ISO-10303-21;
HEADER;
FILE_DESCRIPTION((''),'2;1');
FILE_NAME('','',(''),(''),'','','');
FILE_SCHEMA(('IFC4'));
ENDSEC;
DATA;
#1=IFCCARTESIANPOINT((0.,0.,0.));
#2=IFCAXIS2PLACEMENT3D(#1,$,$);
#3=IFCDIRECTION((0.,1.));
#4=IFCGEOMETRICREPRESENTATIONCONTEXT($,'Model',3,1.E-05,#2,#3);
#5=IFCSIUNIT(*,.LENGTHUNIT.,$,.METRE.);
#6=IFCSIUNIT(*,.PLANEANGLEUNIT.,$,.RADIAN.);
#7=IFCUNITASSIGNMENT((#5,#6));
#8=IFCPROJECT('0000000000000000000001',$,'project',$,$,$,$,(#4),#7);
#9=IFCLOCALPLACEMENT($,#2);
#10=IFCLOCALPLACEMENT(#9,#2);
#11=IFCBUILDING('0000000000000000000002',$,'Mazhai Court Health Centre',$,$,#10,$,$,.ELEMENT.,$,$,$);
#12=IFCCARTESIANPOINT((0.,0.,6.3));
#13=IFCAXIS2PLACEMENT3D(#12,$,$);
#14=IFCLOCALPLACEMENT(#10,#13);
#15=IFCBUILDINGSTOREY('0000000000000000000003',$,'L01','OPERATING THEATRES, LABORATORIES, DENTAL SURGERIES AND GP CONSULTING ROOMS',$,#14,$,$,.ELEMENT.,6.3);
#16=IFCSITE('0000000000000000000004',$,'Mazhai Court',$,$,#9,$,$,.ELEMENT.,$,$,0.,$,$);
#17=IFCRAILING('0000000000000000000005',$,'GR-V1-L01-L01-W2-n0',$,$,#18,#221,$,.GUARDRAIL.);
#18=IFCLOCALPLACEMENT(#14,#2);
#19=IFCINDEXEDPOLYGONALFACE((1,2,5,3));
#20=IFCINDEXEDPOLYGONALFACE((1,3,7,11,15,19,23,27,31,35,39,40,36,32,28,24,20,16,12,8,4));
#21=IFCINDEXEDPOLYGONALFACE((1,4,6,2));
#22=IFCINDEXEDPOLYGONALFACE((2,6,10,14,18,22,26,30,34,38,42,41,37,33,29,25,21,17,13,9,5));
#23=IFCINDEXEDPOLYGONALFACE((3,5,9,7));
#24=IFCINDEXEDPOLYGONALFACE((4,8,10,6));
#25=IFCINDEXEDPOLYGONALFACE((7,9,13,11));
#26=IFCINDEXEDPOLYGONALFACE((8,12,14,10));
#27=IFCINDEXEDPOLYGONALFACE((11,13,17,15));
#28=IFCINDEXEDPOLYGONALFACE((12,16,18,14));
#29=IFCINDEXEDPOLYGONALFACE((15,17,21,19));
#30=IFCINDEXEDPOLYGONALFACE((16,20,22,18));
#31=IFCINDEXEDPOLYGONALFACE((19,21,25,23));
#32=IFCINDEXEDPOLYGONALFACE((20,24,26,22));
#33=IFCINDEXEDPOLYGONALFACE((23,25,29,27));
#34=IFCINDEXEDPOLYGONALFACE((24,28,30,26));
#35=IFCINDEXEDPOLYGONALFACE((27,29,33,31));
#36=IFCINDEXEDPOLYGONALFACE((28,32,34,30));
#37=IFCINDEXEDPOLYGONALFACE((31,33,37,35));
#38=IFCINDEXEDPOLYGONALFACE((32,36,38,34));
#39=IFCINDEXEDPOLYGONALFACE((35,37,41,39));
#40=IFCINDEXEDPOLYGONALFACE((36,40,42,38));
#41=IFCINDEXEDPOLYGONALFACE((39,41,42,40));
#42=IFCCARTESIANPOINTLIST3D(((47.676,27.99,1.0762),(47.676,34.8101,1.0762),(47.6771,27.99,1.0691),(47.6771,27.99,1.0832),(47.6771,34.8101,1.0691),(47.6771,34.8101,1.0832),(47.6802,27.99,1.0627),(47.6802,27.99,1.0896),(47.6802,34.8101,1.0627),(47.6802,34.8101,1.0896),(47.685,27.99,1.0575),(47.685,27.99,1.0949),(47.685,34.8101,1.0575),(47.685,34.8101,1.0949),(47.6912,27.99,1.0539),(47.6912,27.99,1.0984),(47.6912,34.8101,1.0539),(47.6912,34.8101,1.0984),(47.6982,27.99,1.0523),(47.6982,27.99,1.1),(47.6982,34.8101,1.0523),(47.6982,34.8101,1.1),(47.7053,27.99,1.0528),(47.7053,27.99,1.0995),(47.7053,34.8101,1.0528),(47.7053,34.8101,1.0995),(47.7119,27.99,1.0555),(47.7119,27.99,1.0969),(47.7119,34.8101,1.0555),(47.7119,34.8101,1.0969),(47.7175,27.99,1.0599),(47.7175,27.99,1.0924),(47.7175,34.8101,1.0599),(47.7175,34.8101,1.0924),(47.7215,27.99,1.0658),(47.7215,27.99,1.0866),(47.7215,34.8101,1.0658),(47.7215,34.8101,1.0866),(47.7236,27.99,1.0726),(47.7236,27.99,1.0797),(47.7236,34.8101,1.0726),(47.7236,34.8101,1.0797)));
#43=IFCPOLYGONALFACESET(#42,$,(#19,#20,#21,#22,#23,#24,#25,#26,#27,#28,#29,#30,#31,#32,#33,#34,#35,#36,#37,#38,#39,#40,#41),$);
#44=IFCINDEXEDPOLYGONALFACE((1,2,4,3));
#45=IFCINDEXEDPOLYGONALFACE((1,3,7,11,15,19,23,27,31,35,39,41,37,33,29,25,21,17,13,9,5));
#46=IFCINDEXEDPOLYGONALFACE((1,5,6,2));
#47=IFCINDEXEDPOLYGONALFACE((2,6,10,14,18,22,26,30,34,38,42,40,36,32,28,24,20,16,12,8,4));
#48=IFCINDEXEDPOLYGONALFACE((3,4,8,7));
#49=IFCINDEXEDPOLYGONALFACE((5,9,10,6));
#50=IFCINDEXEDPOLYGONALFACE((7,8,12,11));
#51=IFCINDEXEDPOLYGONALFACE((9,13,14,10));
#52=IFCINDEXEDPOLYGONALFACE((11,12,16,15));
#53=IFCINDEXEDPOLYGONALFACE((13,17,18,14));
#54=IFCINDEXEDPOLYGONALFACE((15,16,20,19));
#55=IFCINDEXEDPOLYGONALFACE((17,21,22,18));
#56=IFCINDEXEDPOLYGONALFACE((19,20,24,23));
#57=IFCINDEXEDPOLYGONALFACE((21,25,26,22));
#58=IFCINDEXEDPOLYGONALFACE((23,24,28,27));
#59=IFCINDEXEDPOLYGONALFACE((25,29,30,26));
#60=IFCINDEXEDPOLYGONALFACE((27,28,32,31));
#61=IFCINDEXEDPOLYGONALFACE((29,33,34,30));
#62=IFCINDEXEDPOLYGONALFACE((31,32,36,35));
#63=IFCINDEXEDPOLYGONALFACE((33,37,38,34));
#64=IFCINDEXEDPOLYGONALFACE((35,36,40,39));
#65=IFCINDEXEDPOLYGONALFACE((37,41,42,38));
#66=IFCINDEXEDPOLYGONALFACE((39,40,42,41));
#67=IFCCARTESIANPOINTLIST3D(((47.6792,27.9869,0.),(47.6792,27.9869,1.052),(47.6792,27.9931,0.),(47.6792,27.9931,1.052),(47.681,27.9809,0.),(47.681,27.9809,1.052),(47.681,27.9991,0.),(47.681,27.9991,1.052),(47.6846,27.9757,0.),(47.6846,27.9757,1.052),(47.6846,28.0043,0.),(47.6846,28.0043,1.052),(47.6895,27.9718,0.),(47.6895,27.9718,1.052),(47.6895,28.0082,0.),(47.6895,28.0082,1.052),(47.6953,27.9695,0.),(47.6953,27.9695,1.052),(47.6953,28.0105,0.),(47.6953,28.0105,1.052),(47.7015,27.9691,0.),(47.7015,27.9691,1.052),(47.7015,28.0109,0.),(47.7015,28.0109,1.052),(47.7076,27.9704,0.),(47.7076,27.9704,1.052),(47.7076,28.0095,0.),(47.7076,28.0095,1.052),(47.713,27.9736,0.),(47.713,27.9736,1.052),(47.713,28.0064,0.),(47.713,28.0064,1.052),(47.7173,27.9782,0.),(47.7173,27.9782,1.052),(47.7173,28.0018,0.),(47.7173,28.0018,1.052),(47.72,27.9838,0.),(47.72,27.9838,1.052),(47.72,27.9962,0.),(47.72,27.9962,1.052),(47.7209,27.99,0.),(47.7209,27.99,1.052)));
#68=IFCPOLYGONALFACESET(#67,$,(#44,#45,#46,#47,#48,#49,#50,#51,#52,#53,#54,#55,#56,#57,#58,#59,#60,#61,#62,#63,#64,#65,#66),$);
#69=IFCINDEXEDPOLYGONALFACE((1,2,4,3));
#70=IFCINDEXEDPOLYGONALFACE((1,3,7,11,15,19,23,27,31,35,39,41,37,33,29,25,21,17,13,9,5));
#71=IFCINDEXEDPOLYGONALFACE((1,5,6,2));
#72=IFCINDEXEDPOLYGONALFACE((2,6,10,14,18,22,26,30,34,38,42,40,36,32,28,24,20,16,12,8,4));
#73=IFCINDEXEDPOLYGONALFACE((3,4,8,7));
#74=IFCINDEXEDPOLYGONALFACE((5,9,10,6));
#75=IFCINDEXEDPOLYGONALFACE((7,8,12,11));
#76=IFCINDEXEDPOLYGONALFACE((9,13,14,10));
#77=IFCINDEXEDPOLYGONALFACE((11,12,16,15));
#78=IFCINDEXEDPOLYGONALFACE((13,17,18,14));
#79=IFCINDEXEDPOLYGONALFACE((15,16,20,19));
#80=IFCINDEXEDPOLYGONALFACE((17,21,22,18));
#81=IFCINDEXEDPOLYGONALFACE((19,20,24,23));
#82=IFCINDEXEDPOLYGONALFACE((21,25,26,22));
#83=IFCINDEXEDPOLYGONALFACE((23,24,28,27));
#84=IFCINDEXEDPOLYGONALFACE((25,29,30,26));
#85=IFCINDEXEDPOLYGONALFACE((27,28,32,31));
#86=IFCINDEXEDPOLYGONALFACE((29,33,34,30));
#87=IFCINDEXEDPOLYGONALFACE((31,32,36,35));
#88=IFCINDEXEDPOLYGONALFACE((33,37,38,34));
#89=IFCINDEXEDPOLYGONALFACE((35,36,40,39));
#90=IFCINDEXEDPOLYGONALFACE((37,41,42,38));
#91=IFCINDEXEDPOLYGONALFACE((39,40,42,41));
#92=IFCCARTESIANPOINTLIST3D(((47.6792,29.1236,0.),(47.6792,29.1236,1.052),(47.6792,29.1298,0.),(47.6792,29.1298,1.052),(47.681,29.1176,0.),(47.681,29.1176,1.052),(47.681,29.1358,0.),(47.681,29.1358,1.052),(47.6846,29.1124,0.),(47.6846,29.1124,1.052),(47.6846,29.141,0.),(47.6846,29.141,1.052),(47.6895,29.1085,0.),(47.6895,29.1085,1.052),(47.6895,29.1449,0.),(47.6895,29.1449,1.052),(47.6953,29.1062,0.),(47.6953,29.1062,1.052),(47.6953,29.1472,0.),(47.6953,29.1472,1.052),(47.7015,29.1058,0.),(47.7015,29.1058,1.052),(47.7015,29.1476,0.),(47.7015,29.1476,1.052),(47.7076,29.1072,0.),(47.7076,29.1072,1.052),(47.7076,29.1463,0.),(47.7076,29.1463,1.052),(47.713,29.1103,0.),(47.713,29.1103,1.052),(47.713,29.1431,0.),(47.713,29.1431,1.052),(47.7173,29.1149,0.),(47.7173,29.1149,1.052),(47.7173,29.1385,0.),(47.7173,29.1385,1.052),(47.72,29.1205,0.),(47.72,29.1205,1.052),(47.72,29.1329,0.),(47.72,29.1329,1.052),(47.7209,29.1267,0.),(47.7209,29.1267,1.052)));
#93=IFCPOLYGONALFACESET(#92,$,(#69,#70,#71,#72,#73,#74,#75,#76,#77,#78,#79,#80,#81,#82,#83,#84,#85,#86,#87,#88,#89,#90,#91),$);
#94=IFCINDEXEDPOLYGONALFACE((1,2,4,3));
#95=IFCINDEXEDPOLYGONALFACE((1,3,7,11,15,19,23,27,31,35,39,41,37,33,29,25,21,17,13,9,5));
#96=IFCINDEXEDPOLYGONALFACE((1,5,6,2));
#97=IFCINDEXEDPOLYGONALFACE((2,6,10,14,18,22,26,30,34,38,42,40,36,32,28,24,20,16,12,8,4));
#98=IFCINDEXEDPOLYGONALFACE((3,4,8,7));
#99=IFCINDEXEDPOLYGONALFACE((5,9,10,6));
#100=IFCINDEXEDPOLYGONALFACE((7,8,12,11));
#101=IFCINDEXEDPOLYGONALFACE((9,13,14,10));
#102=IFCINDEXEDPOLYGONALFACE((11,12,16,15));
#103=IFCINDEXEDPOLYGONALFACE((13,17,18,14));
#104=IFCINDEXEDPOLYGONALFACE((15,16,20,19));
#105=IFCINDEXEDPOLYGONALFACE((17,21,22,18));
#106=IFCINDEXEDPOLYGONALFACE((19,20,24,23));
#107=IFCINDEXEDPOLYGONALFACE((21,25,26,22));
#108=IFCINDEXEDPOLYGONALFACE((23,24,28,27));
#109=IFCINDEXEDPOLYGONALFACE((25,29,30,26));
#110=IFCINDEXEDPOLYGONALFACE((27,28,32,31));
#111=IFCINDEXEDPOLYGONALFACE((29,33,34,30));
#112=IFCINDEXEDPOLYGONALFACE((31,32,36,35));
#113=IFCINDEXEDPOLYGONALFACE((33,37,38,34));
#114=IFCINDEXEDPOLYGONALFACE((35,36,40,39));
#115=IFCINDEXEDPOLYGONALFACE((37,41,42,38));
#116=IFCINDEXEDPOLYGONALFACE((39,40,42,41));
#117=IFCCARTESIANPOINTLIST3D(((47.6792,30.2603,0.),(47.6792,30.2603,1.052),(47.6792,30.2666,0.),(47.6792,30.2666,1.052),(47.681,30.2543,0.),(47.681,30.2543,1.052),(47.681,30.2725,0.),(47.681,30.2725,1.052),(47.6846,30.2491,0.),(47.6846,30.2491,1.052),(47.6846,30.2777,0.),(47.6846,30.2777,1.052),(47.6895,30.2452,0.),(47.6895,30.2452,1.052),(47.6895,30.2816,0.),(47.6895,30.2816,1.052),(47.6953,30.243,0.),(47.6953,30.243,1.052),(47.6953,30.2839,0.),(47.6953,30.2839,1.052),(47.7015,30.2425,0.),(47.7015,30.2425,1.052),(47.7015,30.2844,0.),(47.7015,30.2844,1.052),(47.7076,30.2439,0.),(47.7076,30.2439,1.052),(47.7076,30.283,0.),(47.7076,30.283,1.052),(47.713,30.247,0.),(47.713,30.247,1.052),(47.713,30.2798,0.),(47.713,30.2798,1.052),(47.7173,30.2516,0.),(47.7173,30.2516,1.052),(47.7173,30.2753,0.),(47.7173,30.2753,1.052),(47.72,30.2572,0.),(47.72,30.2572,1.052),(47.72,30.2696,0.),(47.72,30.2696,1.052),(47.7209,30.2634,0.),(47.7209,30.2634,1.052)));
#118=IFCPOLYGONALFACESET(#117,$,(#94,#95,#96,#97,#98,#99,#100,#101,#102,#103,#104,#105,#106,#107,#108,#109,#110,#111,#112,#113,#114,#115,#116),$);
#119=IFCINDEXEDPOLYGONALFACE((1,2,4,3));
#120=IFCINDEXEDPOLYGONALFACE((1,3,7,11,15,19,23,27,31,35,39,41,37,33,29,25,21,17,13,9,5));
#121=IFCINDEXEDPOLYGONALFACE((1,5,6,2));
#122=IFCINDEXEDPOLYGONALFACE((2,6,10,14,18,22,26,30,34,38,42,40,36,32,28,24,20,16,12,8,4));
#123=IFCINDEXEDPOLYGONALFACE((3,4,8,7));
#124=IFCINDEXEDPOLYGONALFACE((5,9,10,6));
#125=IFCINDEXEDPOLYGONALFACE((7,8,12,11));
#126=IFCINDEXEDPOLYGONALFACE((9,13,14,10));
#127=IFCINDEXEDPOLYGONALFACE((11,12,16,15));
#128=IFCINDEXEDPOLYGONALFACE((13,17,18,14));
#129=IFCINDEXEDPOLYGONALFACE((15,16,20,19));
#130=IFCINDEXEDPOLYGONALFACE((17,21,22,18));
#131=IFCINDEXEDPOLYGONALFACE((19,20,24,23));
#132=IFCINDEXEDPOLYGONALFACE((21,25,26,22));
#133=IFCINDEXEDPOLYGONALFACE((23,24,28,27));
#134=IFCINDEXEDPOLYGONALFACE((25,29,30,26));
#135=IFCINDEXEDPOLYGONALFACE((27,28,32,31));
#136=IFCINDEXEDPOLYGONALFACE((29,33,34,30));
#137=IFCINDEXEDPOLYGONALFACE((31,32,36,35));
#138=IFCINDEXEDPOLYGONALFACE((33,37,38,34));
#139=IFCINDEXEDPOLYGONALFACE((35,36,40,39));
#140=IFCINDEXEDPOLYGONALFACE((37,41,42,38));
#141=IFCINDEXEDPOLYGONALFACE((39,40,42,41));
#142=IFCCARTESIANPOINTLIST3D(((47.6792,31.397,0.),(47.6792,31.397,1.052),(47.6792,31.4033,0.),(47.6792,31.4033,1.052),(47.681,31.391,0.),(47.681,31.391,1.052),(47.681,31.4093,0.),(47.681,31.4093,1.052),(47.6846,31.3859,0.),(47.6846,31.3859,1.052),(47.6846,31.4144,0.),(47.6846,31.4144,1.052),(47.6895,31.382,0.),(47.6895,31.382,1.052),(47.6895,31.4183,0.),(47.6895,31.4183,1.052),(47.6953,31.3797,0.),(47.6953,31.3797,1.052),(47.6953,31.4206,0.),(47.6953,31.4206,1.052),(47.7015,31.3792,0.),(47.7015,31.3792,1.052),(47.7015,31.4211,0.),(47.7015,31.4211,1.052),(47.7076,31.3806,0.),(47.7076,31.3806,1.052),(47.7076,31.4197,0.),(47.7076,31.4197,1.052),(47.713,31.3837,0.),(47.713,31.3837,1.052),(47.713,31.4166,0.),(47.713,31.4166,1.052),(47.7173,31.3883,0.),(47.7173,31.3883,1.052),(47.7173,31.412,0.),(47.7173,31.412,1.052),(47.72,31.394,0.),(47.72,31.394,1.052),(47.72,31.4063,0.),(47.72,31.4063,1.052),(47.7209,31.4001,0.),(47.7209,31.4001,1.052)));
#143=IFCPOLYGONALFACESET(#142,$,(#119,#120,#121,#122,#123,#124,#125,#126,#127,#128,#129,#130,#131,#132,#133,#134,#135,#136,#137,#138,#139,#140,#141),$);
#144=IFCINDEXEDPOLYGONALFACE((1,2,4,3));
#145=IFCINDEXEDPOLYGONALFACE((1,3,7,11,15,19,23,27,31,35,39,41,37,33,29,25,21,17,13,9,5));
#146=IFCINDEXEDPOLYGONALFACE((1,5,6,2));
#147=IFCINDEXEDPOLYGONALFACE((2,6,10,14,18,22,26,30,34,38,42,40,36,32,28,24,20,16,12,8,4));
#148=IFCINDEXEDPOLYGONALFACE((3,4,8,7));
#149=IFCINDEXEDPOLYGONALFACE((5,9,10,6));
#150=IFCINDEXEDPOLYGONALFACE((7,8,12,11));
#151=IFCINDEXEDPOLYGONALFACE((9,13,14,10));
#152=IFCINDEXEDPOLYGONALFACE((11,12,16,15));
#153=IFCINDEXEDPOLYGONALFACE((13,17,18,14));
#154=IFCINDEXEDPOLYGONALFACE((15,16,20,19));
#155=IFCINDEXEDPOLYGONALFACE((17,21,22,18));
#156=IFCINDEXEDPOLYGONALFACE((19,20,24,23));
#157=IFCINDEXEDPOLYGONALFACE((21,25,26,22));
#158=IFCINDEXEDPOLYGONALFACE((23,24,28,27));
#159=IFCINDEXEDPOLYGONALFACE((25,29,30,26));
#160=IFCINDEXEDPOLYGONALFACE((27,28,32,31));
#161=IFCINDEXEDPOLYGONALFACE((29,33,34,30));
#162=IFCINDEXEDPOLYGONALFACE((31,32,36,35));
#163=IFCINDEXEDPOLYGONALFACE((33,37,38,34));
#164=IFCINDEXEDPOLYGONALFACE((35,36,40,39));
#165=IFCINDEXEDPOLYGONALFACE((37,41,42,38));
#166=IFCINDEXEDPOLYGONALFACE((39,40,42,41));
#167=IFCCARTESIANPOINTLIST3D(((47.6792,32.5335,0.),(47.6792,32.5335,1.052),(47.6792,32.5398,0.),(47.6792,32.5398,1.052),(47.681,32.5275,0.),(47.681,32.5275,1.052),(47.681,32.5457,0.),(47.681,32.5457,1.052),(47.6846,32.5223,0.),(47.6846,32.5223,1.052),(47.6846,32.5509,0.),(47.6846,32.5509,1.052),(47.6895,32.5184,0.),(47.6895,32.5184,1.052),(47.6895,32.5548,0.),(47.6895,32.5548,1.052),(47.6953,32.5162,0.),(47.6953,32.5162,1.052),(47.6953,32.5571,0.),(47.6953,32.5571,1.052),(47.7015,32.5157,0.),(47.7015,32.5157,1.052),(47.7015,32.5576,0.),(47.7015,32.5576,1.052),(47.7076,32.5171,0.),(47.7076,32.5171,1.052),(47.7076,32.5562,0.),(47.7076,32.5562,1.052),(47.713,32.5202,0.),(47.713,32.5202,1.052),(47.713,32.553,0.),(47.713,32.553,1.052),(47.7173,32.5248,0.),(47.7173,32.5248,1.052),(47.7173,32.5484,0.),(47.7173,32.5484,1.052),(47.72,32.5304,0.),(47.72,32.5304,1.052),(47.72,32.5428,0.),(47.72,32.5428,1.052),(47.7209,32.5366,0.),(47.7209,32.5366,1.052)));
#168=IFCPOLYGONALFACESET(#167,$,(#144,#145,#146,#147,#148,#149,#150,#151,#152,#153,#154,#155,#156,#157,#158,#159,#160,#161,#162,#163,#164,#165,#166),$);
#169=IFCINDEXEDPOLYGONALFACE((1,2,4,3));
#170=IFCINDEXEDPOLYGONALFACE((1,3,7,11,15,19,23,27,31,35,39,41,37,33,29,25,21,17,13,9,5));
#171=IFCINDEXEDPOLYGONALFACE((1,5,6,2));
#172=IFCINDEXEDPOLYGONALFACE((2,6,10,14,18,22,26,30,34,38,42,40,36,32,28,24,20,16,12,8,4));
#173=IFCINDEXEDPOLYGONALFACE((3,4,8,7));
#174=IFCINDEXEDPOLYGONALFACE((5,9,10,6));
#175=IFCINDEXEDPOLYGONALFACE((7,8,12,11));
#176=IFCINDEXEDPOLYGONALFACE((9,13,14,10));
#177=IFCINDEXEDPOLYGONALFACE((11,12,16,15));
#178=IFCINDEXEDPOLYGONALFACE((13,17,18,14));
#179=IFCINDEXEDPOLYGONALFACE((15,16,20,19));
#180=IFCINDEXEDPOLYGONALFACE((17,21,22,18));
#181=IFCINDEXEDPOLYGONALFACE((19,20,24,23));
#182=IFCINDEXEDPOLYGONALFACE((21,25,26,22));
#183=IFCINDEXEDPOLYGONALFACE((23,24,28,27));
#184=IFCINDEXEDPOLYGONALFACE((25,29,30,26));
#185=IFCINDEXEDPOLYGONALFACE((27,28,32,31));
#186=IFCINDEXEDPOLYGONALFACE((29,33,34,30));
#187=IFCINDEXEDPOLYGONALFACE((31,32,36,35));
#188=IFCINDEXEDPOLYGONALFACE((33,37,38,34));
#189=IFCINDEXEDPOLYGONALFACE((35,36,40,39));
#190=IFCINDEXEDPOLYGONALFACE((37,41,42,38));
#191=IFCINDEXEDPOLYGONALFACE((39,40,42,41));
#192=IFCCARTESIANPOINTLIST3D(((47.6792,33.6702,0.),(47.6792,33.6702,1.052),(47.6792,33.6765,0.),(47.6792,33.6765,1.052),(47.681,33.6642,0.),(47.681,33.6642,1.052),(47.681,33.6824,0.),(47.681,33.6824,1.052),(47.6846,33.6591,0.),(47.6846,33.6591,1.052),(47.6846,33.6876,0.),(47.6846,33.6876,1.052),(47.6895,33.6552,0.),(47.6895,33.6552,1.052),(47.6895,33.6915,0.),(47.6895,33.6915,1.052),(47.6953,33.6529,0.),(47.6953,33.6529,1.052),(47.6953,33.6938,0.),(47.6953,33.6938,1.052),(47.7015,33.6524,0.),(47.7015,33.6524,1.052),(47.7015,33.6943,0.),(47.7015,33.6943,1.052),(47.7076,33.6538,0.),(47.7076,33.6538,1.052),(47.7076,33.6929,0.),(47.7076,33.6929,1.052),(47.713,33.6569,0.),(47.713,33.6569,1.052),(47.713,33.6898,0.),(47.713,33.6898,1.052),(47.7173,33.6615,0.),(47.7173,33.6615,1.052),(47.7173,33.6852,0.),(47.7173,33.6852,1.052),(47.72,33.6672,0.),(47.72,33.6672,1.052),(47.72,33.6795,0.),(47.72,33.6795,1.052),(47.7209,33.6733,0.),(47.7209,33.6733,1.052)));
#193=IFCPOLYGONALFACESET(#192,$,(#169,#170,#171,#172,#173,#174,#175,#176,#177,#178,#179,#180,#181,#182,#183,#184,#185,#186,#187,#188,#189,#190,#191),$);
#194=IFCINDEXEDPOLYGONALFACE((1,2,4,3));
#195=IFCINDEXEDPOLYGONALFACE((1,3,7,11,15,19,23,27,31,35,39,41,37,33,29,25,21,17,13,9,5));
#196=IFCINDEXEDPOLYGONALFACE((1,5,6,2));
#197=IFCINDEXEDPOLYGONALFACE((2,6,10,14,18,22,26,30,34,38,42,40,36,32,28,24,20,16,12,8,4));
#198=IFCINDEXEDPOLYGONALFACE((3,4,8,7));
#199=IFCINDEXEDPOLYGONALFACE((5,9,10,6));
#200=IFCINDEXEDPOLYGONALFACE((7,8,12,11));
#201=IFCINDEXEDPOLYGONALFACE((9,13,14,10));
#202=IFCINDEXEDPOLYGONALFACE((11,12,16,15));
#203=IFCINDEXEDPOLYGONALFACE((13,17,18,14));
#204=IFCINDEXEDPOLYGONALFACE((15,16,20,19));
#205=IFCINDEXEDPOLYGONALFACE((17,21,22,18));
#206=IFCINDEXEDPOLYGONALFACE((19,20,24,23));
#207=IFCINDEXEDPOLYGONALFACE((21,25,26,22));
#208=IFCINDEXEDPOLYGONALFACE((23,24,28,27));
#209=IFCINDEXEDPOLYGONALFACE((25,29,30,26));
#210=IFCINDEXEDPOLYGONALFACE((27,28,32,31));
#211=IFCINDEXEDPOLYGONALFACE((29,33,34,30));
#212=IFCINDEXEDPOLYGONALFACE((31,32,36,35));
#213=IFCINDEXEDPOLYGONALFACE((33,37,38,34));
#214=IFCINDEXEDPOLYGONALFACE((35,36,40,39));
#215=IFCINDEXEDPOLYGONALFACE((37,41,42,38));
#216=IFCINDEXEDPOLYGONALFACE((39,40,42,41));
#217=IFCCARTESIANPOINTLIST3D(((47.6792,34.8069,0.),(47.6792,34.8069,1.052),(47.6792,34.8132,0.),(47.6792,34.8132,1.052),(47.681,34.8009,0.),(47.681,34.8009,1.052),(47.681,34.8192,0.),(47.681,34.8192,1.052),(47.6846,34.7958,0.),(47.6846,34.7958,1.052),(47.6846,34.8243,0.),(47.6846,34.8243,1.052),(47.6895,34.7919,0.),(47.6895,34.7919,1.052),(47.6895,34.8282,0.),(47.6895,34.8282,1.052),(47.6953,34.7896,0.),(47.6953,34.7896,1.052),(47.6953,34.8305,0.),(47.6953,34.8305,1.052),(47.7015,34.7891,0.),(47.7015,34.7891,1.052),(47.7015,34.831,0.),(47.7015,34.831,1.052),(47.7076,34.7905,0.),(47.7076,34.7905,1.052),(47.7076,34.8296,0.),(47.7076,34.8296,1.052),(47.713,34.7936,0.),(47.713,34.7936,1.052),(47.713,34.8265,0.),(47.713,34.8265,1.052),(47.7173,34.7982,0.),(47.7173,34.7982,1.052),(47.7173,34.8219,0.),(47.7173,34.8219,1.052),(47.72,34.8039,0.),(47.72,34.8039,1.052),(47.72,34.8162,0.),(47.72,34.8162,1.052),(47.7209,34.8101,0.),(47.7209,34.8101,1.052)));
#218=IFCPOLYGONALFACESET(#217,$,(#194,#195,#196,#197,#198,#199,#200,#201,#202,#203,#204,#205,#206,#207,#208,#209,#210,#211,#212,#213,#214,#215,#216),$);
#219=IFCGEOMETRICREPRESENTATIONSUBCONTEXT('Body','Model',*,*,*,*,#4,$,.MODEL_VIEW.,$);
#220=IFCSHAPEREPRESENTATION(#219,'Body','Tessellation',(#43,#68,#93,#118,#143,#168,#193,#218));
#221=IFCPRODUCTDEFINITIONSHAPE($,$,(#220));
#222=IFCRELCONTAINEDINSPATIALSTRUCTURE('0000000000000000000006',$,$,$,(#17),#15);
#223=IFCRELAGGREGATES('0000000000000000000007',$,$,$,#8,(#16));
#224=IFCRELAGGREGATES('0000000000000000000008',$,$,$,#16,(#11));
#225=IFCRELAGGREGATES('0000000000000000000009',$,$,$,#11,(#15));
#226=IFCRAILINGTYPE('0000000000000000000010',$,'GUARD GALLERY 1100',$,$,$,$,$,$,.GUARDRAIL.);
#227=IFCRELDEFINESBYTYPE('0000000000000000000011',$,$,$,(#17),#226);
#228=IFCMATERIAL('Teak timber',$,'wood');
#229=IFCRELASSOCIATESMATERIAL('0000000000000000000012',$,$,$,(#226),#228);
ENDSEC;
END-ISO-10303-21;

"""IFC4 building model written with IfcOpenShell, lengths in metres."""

from ifc_helpers import new_model, si_unit, direction, frame, origin, origin_2d, place, context, subcontext, project, spatial, circle, extrude, material, type_object, element, save


model = new_model("IFC4")

# Units and contexts
model_context = context("Model", 3, precision=1e-05, world=origin(), true_north=direction((0.0, 1.0)))
body_context = subcontext(model_context, "Body", "Model", "MODEL_VIEW")
ifc_project = project(units=[si_unit("LENGTHUNIT", "METRE"), si_unit("PLANEANGLEUNIT", "RADIAN")], contexts=[model_context])

# Site, building, storey
site_placement = place(None, origin())
site = spatial("IfcSite", under=ifc_project, at=site_placement, Name="Mazhai Court", CompositionType="ELEMENT", RefElevation=0.0)
building_placement = place(site_placement, origin())
building = spatial("IfcBuilding", under=site, at=building_placement, Name="Mazhai Court Health Centre", CompositionType="ELEMENT")
storey_placement = place(building_placement, frame((0.0, 0.0, 6.3)))
storey = spatial("IfcBuildingStorey", under=building, at=storey_placement, Name="L01", Description="OPERATING THEATRES, LABORATORIES, DENTAL SURGERIES AND GP CONSULTING ROOMS", CompositionType="ELEMENT", Elevation=6.3)

# Railing
ifc_material_1 = material(Name="Teak timber", Category="wood")
railing_type = type_object("IfcRailingType", Name="GUARD GALLERY 1100", PredefinedType="GUARDRAIL", material=ifc_material_1)
railing_placement = place(storey_placement, frame((47.7, 27.99, 0.0)))
element("IfcRailing", 1, at=railing_placement, inside=storey, type_object=railing_type, Name="GR-V1-L01-L01-W2-n0", PredefinedType="GUARDRAIL", context=body_context, shape_type="SweptSolid", body=[
    extrude(circle(Radius=0.0239, at=origin_2d()), frame((0.0, 0.0, 1.0762), z_axis=(0.0, 1.0, 0.0), x_axis=(-1.0, 0.0, 0.0)), (0.0, 0.0, 1.0), 6.8201),
    extrude(circle(Radius=0.021, at=origin_2d()), origin(), (0.0, 0.0, 1.0), 1.052),
    extrude(circle(Radius=0.021, at=origin_2d()), frame((0.0, 1.1367, 0.0)), (0.0, 0.0, 1.0), 1.052),
    extrude(circle(Radius=0.021, at=origin_2d()), frame((0.0, 2.2734, 0.0)), (0.0, 0.0, 1.0), 1.052),
    extrude(circle(Radius=0.021, at=origin_2d()), frame((0.0, 3.4102, 0.0)), (0.0, 0.0, 1.0), 1.052),
    extrude(circle(Radius=0.021, at=origin_2d()), frame((0.0, 4.5466, 0.0)), (0.0, 0.0, 1.0), 1.052),
    extrude(circle(Radius=0.021, at=origin_2d()), frame((0.0, 5.6833, 0.0)), (0.0, 0.0, 1.0), 1.052),
    extrude(circle(Radius=0.021, at=origin_2d()), frame((0.0, 6.8201, 0.0)), (0.0, 0.0, 1.0), 1.052),
])

save(model, "model.ifc")
